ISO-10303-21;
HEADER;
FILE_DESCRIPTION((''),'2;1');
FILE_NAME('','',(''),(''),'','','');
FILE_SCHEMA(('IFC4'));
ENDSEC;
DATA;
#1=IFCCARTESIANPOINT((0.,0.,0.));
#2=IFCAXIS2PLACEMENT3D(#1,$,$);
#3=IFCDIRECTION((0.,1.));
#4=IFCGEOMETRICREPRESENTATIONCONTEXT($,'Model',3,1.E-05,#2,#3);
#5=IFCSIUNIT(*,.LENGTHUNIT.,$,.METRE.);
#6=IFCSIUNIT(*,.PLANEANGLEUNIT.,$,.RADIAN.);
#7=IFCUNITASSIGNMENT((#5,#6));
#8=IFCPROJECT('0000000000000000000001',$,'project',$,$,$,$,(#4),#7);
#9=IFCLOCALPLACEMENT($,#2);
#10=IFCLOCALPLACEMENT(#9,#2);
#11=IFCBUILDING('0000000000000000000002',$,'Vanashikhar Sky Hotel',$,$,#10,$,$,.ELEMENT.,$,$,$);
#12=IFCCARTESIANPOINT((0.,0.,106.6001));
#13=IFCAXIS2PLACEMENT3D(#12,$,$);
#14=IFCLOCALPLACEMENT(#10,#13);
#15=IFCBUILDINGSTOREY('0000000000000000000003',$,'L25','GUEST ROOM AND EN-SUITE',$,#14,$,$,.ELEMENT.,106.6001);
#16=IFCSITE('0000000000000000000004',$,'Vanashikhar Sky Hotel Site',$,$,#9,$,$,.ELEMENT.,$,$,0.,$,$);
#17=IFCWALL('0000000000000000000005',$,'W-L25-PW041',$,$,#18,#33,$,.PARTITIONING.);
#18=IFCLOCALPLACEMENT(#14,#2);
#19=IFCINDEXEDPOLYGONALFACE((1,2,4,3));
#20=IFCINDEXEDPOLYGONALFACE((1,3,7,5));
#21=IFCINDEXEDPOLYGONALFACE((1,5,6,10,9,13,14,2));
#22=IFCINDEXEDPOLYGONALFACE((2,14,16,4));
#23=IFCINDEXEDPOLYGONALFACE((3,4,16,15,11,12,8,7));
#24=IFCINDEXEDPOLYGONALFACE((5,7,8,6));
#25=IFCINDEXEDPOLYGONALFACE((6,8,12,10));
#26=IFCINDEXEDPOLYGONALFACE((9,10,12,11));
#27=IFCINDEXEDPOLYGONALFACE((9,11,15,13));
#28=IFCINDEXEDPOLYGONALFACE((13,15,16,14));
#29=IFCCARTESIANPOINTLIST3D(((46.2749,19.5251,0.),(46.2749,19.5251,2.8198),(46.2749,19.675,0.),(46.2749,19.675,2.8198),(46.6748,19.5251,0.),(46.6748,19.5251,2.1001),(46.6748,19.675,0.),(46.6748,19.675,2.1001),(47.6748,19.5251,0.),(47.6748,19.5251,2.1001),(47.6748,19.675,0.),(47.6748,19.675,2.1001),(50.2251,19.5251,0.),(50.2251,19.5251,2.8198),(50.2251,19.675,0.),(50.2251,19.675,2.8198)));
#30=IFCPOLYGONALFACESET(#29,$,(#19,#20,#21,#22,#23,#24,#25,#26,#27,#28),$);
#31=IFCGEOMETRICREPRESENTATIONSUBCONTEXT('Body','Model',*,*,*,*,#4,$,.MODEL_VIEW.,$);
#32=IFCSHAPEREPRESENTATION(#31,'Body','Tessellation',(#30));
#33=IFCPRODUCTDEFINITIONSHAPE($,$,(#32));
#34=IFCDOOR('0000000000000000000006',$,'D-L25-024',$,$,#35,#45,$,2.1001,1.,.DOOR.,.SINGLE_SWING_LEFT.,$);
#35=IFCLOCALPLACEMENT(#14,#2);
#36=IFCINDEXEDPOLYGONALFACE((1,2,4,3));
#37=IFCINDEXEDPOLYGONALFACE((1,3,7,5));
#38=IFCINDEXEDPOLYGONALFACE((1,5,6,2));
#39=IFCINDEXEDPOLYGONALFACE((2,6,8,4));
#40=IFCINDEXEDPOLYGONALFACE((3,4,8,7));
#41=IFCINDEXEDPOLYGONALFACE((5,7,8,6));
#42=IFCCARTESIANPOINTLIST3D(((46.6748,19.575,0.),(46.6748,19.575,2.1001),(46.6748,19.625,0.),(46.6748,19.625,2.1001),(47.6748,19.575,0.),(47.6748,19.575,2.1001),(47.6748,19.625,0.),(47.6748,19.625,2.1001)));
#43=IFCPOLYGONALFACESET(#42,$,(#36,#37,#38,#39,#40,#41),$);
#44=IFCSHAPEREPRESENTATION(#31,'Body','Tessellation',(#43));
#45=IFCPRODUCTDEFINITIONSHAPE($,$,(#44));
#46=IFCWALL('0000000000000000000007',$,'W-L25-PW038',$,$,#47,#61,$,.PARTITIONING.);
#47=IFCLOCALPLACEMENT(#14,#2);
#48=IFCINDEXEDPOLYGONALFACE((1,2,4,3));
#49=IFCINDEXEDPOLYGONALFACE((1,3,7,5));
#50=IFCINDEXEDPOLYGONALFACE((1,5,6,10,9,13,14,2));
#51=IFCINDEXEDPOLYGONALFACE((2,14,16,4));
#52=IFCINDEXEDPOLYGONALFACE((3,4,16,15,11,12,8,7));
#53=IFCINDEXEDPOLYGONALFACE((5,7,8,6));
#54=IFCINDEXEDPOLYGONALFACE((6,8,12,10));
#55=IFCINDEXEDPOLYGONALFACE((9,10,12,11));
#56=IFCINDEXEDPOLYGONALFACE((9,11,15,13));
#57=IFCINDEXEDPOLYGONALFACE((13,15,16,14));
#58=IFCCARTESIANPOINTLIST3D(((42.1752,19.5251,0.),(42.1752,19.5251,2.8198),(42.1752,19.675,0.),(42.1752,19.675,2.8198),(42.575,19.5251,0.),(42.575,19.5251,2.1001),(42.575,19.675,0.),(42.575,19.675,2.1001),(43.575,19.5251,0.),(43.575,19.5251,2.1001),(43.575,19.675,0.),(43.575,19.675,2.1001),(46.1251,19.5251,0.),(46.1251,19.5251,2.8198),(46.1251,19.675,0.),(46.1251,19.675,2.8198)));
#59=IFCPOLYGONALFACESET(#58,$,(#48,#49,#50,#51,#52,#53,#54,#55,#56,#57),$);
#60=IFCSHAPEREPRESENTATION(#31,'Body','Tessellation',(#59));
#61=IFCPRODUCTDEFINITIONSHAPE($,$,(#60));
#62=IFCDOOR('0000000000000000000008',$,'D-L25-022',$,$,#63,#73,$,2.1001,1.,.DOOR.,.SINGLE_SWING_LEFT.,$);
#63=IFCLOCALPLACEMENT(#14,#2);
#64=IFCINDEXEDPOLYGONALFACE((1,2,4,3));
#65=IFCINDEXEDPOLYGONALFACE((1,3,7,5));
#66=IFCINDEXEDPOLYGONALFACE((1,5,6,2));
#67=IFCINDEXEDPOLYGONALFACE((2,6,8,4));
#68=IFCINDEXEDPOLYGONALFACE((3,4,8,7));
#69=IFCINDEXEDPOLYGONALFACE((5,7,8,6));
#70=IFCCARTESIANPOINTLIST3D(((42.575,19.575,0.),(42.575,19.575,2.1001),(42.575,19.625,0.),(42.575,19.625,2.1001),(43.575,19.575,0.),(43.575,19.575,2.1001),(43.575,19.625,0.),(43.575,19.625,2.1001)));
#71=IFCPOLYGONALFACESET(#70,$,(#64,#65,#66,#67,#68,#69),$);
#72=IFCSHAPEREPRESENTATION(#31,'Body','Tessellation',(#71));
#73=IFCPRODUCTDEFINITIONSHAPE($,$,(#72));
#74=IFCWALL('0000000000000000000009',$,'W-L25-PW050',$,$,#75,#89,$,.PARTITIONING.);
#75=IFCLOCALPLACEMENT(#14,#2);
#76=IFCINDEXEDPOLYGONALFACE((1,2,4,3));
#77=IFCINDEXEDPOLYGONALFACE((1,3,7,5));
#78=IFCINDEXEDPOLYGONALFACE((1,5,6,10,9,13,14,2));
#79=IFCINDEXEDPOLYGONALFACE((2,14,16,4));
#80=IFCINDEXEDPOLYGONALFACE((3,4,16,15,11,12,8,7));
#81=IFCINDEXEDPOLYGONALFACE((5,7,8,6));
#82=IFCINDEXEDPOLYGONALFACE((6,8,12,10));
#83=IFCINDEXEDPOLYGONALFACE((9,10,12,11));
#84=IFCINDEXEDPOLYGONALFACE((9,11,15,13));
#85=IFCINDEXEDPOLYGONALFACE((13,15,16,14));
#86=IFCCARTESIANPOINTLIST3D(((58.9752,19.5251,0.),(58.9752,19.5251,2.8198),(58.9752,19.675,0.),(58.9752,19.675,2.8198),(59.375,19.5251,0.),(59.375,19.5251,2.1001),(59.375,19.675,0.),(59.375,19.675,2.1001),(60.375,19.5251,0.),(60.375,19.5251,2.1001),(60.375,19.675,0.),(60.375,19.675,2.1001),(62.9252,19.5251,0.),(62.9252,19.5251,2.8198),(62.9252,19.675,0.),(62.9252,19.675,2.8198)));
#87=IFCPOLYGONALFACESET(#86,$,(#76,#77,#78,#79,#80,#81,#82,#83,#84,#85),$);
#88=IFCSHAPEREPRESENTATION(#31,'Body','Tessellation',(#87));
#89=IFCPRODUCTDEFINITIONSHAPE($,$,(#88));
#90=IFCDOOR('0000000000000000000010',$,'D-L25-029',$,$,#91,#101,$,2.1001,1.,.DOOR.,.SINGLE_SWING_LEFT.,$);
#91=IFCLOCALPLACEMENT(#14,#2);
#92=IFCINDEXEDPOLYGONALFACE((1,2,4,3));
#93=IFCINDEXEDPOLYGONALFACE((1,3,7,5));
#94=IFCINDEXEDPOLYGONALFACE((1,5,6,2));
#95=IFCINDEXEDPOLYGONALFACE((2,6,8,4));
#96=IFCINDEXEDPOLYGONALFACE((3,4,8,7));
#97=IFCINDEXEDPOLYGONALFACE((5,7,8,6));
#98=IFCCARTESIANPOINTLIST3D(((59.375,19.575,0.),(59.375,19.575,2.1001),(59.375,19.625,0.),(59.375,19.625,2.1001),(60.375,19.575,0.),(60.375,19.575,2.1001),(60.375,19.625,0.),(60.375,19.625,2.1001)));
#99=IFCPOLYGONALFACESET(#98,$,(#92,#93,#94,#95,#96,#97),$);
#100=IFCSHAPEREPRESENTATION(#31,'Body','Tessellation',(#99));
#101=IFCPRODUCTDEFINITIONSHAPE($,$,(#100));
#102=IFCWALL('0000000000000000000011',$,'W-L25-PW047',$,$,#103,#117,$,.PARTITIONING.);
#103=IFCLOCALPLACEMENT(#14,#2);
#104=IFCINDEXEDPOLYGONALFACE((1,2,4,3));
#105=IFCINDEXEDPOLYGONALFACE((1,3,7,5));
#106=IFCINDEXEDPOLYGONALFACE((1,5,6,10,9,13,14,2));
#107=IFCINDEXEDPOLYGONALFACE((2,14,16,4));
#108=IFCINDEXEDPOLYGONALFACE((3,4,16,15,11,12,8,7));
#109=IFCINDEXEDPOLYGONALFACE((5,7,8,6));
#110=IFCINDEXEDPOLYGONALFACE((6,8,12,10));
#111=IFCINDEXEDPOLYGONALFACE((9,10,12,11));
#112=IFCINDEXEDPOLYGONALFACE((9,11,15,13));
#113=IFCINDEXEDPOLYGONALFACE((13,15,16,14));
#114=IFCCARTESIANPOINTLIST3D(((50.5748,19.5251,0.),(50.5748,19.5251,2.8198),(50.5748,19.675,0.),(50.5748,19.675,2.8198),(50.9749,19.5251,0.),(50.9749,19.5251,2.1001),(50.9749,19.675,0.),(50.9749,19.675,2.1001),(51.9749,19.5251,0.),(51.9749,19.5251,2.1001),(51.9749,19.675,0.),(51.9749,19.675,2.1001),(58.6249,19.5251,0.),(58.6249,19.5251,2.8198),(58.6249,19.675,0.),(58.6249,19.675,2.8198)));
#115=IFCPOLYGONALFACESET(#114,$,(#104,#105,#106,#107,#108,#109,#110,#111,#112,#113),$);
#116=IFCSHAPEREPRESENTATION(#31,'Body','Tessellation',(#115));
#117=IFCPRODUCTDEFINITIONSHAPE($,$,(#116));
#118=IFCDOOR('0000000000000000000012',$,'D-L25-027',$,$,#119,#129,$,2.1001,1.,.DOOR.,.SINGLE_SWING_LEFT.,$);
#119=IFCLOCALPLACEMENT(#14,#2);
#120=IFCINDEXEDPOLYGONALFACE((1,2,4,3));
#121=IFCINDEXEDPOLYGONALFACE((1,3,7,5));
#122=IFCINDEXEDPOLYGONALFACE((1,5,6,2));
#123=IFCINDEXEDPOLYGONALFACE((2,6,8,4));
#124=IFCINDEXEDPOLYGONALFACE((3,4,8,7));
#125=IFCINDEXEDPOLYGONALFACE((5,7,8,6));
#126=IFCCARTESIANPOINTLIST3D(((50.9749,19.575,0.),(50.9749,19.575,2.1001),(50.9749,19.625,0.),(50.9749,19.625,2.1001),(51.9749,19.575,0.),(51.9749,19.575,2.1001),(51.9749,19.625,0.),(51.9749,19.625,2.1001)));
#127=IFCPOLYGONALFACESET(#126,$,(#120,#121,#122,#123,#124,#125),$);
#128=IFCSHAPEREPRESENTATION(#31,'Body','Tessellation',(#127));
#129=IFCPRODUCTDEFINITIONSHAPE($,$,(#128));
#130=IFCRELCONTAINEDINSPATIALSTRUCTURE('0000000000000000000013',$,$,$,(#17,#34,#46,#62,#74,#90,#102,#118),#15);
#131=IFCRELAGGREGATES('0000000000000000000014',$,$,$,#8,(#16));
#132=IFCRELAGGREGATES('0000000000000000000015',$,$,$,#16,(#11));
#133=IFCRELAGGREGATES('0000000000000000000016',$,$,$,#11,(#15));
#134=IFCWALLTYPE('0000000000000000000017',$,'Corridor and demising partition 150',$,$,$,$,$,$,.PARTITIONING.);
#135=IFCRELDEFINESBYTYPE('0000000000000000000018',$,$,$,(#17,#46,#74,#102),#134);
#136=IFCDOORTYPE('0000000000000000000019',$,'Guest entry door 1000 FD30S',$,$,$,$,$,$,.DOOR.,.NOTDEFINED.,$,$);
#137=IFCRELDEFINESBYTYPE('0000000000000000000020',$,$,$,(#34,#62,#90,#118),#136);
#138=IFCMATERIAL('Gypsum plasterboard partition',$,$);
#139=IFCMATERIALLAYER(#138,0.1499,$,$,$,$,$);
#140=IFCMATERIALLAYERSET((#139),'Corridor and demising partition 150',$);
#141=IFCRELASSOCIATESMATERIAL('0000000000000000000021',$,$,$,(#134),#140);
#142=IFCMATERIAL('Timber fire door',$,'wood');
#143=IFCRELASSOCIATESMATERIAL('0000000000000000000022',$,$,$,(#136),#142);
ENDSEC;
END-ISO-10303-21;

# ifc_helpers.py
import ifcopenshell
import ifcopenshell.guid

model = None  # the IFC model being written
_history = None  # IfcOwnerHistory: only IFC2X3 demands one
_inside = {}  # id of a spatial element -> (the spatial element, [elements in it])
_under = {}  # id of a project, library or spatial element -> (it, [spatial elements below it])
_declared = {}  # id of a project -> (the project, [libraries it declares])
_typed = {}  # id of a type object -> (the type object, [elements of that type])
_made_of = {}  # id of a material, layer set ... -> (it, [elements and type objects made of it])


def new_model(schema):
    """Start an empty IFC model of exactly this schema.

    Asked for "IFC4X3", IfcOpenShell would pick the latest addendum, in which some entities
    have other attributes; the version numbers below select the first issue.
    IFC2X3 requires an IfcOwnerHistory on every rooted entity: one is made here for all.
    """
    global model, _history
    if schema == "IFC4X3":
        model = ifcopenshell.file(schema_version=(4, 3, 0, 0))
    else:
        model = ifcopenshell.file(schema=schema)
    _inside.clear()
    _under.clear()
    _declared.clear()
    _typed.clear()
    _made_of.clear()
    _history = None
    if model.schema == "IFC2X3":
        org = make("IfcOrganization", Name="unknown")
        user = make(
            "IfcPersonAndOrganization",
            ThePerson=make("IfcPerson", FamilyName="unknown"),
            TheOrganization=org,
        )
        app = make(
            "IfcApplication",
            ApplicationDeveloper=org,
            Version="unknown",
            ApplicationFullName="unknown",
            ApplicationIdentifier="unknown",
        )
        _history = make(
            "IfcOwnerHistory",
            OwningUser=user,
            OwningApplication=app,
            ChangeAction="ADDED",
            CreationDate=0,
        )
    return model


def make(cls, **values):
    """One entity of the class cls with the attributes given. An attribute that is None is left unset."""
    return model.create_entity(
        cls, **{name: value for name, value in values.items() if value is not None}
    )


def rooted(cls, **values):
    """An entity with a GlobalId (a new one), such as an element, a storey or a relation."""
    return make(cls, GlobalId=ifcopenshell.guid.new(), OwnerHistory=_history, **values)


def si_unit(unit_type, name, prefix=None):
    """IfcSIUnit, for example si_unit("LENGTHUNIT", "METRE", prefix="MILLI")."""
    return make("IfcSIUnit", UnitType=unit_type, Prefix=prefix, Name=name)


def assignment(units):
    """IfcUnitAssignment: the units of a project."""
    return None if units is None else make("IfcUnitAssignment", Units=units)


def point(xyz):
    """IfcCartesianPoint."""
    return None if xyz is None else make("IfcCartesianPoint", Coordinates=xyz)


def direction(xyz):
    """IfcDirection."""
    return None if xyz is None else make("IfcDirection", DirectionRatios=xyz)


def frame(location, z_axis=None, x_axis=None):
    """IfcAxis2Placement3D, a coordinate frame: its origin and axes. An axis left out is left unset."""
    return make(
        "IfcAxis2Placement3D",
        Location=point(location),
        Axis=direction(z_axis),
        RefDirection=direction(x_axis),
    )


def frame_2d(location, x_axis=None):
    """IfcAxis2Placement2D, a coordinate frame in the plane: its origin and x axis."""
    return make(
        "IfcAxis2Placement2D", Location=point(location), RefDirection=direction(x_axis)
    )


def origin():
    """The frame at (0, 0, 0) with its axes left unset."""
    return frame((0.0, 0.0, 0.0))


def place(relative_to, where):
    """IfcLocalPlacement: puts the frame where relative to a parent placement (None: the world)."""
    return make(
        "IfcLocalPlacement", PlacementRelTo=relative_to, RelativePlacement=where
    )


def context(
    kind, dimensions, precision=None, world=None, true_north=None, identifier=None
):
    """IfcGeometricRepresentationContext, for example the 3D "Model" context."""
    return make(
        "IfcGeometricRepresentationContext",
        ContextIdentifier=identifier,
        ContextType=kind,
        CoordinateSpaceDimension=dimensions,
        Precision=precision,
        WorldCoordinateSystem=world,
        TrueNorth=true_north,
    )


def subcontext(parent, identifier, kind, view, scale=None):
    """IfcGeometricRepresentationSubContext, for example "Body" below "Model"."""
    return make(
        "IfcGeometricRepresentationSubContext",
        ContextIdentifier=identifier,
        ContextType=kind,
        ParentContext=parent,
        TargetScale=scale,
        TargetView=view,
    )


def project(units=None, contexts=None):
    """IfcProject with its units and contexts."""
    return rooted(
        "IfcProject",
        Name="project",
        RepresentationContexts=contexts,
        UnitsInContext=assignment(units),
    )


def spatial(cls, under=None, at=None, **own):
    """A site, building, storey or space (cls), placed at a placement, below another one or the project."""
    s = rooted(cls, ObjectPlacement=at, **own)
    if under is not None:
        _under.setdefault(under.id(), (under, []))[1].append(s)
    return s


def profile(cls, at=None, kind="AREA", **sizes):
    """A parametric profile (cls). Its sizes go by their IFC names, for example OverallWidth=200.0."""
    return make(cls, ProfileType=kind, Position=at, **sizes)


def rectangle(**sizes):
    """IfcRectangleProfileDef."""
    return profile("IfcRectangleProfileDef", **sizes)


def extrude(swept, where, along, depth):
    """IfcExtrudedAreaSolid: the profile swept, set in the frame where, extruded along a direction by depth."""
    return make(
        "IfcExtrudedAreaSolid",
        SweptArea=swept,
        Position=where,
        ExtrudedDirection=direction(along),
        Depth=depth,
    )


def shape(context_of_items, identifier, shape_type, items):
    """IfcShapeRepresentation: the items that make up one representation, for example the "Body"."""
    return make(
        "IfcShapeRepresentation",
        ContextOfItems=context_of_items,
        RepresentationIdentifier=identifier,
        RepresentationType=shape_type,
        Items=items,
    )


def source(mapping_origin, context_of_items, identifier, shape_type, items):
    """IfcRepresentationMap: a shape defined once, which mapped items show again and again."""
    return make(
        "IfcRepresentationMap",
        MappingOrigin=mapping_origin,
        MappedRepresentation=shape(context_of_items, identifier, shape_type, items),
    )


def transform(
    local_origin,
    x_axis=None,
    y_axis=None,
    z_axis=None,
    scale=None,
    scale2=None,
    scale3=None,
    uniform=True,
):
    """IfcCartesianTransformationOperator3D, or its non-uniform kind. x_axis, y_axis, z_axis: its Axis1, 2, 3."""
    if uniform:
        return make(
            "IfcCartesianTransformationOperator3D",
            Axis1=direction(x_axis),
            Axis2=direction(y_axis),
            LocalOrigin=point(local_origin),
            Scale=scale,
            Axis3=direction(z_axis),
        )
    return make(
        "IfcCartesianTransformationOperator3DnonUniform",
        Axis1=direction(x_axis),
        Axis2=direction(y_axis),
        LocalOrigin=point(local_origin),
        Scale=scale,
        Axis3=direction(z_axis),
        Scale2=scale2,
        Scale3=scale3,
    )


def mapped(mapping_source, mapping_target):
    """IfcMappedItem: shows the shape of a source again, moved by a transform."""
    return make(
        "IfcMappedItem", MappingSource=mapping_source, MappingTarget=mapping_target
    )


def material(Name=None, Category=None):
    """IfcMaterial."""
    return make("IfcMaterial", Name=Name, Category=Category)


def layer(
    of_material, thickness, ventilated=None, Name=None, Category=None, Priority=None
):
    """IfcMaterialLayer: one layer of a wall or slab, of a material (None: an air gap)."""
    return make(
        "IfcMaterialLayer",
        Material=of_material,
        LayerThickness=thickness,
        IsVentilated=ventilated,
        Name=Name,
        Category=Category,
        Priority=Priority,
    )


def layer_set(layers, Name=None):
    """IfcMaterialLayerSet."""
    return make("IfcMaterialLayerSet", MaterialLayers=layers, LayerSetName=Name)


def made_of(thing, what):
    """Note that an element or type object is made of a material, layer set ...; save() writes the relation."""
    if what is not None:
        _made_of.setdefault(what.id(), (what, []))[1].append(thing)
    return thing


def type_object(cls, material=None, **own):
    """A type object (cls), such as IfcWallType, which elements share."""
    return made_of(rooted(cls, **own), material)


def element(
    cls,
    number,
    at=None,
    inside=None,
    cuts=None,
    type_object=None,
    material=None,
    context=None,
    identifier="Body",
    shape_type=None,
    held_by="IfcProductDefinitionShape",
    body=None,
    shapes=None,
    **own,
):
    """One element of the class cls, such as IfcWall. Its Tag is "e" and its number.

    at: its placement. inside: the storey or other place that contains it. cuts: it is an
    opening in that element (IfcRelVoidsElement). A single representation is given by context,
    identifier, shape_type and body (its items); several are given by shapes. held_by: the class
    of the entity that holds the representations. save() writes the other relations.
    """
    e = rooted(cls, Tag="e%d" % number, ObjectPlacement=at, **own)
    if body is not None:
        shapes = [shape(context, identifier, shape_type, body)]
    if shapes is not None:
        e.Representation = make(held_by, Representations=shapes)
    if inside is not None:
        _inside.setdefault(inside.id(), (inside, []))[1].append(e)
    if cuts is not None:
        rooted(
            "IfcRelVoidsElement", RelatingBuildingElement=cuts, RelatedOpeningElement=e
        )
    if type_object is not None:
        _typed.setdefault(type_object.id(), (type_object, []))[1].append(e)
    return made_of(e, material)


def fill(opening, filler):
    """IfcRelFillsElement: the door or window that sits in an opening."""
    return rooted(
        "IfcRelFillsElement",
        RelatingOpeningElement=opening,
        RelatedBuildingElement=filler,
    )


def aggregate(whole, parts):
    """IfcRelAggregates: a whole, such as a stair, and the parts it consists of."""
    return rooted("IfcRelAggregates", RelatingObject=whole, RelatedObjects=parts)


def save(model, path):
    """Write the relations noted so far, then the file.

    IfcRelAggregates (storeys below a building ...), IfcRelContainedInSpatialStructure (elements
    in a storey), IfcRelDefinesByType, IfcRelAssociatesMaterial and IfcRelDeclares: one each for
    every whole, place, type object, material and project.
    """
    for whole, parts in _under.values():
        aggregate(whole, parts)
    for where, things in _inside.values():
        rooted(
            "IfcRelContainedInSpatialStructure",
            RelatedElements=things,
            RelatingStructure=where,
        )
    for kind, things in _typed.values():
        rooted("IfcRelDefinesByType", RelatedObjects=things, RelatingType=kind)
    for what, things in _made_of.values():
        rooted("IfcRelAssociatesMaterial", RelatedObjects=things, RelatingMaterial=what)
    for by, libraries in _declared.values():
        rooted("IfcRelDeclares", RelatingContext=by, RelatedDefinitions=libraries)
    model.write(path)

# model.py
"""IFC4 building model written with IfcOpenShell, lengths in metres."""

from ifc_helpers import new_model, si_unit, direction, frame, frame_2d, origin, place, context, subcontext, project, spatial, rectangle, extrude, source, transform, mapped, material, layer, layer_set, type_object, element, fill, save


model = new_model("IFC4")

# Units and contexts
model_context = context("Model", 3, precision=1e-05, world=origin(), true_north=direction((0.0, 1.0)))
body_context = subcontext(model_context, "Body", "Model", "MODEL_VIEW")
ifc_project = project(units=[si_unit("LENGTHUNIT", "METRE"), si_unit("PLANEANGLEUNIT", "RADIAN")], contexts=[model_context])

# Site, building, storey
site_placement = place(None, origin())
site = spatial("IfcSite", under=ifc_project, at=site_placement, Name="Vanashikhar Sky Hotel Site", CompositionType="ELEMENT", RefElevation=0.0)
building_placement = place(site_placement, origin())
building = spatial("IfcBuilding", under=site, at=building_placement, Name="Vanashikhar Sky Hotel", CompositionType="ELEMENT")
storey_placement = place(building_placement, frame((0.0, 0.0, 106.6001)))
storey = spatial("IfcBuildingStorey", under=building, at=storey_placement, Name="L25", Description="GUEST ROOM AND EN-SUITE", CompositionType="ELEMENT", Elevation=106.6001)

# Shared definitions
shared_shape_1 = source(origin(), body_context, "Body", "SweptSolid", [
    extrude(rectangle(XDim=1.0, YDim=2.1001, at=frame_2d((0.5, 1.05))), frame((0.0, 0.0249, 0.0), z_axis=(0.0, -1.0, 0.0), x_axis=(1.0, 0.0, 0.0)), (0.0, 0.0, 1.0), 0.05),
])

# Shared definitions
ifc_material_1 = material(Name="Gypsum plasterboard partition")

# Walls, openings, doors
ifc_layer_1 = layer(ifc_material_1, 0.1499)
ifc_layer_set_1 = layer_set([ifc_layer_1], Name="Corridor and demising partition 150")
wall_type_1 = type_object("IfcWallType", Name="Corridor and demising partition 150", PredefinedType="PARTITIONING", material=ifc_layer_set_1)
shared_shape_2 = source(origin(), body_context, "Body", "SweptSolid", [
    extrude(rectangle(XDim=3.9502, YDim=0.1499, at=frame_2d((1.9751, 0.0))), origin(), (0.0, 0.0, 1.0), 2.8198),
])
wall_1_placement = place(storey_placement, frame((46.2749, 19.6001, 0.0), z_axis=(0.0, 0.0, 1.0), x_axis=(1.0, 0.0, 0.0)))
wall_1 = element("IfcWall", 1, at=wall_1_placement, inside=storey, type_object=wall_type_1, Name="W-L25-PW041", PredefinedType="PARTITIONING", context=body_context, shape_type="MappedRepresentation", body=[
    mapped(shared_shape_2, transform((0.0, 0.0, 0.0), scale=1.0)),
])
shared_shape_3 = source(origin(), body_context, "Body", "SweptSolid", [
    extrude(rectangle(XDim=1.0, YDim=2.1001, at=frame_2d((0.5, 1.05))), frame((0.0, 0.085, 0.0), z_axis=(0.0, -1.0, 0.0), x_axis=(1.0, 0.0, 0.0)), (0.0, 0.0, 1.0), 0.1699),
])
opening_1_placement = place(wall_1_placement, frame((0.3999, 0.0, 0.0)))
opening_1 = element("IfcOpeningElement", 2, at=opening_1_placement, cuts=wall_1, PredefinedType="OPENING", context=body_context, shape_type="MappedRepresentation", body=[
    mapped(shared_shape_3, transform((0.0, 0.0, 0.0), scale=1.0)),
])
ifc_material_2 = material(Name="Timber fire door", Category="wood")
door_type_1 = type_object("IfcDoorType", Name="Guest entry door 1000 FD30S", OperationType="NOTDEFINED", PredefinedType="DOOR", material=ifc_material_2)
door_1_placement = place(opening_1_placement, origin())
door_1 = element("IfcDoor", 3, at=door_1_placement, inside=storey, type_object=door_type_1, Name="D-L25-024", OperationType="SINGLE_SWING_LEFT", OverallHeight=2.1001, OverallWidth=1.0, PredefinedType="DOOR", context=body_context, shape_type="MappedRepresentation", body=[
    mapped(shared_shape_1, transform((0.0, 0.0, 0.0), scale=1.0)),
])
fill(opening_1, door_1)
shared_shape_4 = source(origin(), body_context, "Body", "SweptSolid", [
    extrude(rectangle(XDim=3.95, YDim=0.1499, at=frame_2d((1.9751, 0.0))), origin(), (0.0, 0.0, 1.0), 2.8198),
])
wall_2_placement = place(storey_placement, frame((42.175, 19.6001, 0.0), z_axis=(0.0, 0.0, 1.0), x_axis=(1.0, 0.0, 0.0)))
wall_2 = element("IfcWall", 4, at=wall_2_placement, inside=storey, type_object=wall_type_1, Name="W-L25-PW038", PredefinedType="PARTITIONING", context=body_context, shape_type="MappedRepresentation", body=[
    mapped(shared_shape_4, transform((0.0, 0.0, 0.0), scale=1.0)),
])
opening_2_placement = place(wall_2_placement, frame((0.3999, 0.0, 0.0)))
opening_2 = element("IfcOpeningElement", 5, at=opening_2_placement, cuts=wall_2, PredefinedType="OPENING", context=body_context, shape_type="MappedRepresentation", body=[
    mapped(shared_shape_3, transform((0.0, 0.0, 0.0), scale=1.0)),
])
door_2_placement = place(opening_2_placement, origin())
door_2 = element("IfcDoor", 6, at=door_2_placement, inside=storey, type_object=door_type_1, Name="D-L25-022", OperationType="SINGLE_SWING_LEFT", OverallHeight=2.1001, OverallWidth=1.0, PredefinedType="DOOR", context=body_context, shape_type="MappedRepresentation", body=[
    mapped(shared_shape_1, transform((0.0, 0.0, 0.0), scale=1.0)),
])
fill(opening_2, door_2)
wall_3_placement = place(storey_placement, frame((58.9751, 19.6001, 0.0), z_axis=(0.0, 0.0, 1.0), x_axis=(1.0, 0.0, 0.0)))
wall_3 = element("IfcWall", 7, at=wall_3_placement, inside=storey, type_object=wall_type_1, Name="W-L25-PW050", PredefinedType="PARTITIONING", context=body_context, shape_type="MappedRepresentation", body=[
    mapped(shared_shape_4, transform((0.0, 0.0, 0.0), scale=1.0)),
])
opening_3_placement = place(wall_3_placement, frame((0.3999, 0.0, 0.0)))
opening_3 = element("IfcOpeningElement", 8, at=opening_3_placement, cuts=wall_3, PredefinedType="OPENING", context=body_context, shape_type="MappedRepresentation", body=[
    mapped(shared_shape_3, transform((0.0, 0.0, 0.0), scale=1.0)),
])
door_3_placement = place(opening_3_placement, origin())
door_3 = element("IfcDoor", 9, at=door_3_placement, inside=storey, type_object=door_type_1, Name="D-L25-029", OperationType="SINGLE_SWING_LEFT", OverallHeight=2.1001, OverallWidth=1.0, PredefinedType="DOOR", context=body_context, shape_type="MappedRepresentation", body=[
    mapped(shared_shape_1, transform((0.0, 0.0, 0.0), scale=1.0)),
])
fill(opening_3, door_3)
shared_shape_5 = source(origin(), body_context, "Body", "SweptSolid", [
    extrude(rectangle(XDim=8.05, YDim=0.1499, at=frame_2d((4.0249, 0.0))), origin(), (0.0, 0.0, 1.0), 2.8198),
])
wall_4_placement = place(storey_placement, frame((50.575, 19.6001, 0.0), z_axis=(0.0, 0.0, 1.0), x_axis=(1.0, 0.0, 0.0)))
wall_4 = element("IfcWall", 10, at=wall_4_placement, inside=storey, type_object=wall_type_1, Name="W-L25-PW047", PredefinedType="PARTITIONING", context=body_context, shape_type="MappedRepresentation", body=[
    mapped(shared_shape_5, transform((0.0, 0.0, 0.0), scale=1.0)),
])
opening_4_placement = place(wall_4_placement, frame((0.3999, 0.0, 0.0)))
opening_4 = element("IfcOpeningElement", 11, at=opening_4_placement, cuts=wall_4, PredefinedType="OPENING", context=body_context, shape_type="MappedRepresentation", body=[
    mapped(shared_shape_3, transform((0.0, 0.0, 0.0), scale=1.0)),
])
door_4_placement = place(opening_4_placement, origin())
door_4 = element("IfcDoor", 12, at=door_4_placement, inside=storey, type_object=door_type_1, Name="D-L25-027", OperationType="SINGLE_SWING_LEFT", OverallHeight=2.1001, OverallWidth=1.0, PredefinedType="DOOR", context=body_context, shape_type="MappedRepresentation", body=[
    mapped(shared_shape_1, transform((0.0, 0.0, 0.0), scale=1.0)),
])
fill(opening_4, door_4)

save(model, "model.ifc")
